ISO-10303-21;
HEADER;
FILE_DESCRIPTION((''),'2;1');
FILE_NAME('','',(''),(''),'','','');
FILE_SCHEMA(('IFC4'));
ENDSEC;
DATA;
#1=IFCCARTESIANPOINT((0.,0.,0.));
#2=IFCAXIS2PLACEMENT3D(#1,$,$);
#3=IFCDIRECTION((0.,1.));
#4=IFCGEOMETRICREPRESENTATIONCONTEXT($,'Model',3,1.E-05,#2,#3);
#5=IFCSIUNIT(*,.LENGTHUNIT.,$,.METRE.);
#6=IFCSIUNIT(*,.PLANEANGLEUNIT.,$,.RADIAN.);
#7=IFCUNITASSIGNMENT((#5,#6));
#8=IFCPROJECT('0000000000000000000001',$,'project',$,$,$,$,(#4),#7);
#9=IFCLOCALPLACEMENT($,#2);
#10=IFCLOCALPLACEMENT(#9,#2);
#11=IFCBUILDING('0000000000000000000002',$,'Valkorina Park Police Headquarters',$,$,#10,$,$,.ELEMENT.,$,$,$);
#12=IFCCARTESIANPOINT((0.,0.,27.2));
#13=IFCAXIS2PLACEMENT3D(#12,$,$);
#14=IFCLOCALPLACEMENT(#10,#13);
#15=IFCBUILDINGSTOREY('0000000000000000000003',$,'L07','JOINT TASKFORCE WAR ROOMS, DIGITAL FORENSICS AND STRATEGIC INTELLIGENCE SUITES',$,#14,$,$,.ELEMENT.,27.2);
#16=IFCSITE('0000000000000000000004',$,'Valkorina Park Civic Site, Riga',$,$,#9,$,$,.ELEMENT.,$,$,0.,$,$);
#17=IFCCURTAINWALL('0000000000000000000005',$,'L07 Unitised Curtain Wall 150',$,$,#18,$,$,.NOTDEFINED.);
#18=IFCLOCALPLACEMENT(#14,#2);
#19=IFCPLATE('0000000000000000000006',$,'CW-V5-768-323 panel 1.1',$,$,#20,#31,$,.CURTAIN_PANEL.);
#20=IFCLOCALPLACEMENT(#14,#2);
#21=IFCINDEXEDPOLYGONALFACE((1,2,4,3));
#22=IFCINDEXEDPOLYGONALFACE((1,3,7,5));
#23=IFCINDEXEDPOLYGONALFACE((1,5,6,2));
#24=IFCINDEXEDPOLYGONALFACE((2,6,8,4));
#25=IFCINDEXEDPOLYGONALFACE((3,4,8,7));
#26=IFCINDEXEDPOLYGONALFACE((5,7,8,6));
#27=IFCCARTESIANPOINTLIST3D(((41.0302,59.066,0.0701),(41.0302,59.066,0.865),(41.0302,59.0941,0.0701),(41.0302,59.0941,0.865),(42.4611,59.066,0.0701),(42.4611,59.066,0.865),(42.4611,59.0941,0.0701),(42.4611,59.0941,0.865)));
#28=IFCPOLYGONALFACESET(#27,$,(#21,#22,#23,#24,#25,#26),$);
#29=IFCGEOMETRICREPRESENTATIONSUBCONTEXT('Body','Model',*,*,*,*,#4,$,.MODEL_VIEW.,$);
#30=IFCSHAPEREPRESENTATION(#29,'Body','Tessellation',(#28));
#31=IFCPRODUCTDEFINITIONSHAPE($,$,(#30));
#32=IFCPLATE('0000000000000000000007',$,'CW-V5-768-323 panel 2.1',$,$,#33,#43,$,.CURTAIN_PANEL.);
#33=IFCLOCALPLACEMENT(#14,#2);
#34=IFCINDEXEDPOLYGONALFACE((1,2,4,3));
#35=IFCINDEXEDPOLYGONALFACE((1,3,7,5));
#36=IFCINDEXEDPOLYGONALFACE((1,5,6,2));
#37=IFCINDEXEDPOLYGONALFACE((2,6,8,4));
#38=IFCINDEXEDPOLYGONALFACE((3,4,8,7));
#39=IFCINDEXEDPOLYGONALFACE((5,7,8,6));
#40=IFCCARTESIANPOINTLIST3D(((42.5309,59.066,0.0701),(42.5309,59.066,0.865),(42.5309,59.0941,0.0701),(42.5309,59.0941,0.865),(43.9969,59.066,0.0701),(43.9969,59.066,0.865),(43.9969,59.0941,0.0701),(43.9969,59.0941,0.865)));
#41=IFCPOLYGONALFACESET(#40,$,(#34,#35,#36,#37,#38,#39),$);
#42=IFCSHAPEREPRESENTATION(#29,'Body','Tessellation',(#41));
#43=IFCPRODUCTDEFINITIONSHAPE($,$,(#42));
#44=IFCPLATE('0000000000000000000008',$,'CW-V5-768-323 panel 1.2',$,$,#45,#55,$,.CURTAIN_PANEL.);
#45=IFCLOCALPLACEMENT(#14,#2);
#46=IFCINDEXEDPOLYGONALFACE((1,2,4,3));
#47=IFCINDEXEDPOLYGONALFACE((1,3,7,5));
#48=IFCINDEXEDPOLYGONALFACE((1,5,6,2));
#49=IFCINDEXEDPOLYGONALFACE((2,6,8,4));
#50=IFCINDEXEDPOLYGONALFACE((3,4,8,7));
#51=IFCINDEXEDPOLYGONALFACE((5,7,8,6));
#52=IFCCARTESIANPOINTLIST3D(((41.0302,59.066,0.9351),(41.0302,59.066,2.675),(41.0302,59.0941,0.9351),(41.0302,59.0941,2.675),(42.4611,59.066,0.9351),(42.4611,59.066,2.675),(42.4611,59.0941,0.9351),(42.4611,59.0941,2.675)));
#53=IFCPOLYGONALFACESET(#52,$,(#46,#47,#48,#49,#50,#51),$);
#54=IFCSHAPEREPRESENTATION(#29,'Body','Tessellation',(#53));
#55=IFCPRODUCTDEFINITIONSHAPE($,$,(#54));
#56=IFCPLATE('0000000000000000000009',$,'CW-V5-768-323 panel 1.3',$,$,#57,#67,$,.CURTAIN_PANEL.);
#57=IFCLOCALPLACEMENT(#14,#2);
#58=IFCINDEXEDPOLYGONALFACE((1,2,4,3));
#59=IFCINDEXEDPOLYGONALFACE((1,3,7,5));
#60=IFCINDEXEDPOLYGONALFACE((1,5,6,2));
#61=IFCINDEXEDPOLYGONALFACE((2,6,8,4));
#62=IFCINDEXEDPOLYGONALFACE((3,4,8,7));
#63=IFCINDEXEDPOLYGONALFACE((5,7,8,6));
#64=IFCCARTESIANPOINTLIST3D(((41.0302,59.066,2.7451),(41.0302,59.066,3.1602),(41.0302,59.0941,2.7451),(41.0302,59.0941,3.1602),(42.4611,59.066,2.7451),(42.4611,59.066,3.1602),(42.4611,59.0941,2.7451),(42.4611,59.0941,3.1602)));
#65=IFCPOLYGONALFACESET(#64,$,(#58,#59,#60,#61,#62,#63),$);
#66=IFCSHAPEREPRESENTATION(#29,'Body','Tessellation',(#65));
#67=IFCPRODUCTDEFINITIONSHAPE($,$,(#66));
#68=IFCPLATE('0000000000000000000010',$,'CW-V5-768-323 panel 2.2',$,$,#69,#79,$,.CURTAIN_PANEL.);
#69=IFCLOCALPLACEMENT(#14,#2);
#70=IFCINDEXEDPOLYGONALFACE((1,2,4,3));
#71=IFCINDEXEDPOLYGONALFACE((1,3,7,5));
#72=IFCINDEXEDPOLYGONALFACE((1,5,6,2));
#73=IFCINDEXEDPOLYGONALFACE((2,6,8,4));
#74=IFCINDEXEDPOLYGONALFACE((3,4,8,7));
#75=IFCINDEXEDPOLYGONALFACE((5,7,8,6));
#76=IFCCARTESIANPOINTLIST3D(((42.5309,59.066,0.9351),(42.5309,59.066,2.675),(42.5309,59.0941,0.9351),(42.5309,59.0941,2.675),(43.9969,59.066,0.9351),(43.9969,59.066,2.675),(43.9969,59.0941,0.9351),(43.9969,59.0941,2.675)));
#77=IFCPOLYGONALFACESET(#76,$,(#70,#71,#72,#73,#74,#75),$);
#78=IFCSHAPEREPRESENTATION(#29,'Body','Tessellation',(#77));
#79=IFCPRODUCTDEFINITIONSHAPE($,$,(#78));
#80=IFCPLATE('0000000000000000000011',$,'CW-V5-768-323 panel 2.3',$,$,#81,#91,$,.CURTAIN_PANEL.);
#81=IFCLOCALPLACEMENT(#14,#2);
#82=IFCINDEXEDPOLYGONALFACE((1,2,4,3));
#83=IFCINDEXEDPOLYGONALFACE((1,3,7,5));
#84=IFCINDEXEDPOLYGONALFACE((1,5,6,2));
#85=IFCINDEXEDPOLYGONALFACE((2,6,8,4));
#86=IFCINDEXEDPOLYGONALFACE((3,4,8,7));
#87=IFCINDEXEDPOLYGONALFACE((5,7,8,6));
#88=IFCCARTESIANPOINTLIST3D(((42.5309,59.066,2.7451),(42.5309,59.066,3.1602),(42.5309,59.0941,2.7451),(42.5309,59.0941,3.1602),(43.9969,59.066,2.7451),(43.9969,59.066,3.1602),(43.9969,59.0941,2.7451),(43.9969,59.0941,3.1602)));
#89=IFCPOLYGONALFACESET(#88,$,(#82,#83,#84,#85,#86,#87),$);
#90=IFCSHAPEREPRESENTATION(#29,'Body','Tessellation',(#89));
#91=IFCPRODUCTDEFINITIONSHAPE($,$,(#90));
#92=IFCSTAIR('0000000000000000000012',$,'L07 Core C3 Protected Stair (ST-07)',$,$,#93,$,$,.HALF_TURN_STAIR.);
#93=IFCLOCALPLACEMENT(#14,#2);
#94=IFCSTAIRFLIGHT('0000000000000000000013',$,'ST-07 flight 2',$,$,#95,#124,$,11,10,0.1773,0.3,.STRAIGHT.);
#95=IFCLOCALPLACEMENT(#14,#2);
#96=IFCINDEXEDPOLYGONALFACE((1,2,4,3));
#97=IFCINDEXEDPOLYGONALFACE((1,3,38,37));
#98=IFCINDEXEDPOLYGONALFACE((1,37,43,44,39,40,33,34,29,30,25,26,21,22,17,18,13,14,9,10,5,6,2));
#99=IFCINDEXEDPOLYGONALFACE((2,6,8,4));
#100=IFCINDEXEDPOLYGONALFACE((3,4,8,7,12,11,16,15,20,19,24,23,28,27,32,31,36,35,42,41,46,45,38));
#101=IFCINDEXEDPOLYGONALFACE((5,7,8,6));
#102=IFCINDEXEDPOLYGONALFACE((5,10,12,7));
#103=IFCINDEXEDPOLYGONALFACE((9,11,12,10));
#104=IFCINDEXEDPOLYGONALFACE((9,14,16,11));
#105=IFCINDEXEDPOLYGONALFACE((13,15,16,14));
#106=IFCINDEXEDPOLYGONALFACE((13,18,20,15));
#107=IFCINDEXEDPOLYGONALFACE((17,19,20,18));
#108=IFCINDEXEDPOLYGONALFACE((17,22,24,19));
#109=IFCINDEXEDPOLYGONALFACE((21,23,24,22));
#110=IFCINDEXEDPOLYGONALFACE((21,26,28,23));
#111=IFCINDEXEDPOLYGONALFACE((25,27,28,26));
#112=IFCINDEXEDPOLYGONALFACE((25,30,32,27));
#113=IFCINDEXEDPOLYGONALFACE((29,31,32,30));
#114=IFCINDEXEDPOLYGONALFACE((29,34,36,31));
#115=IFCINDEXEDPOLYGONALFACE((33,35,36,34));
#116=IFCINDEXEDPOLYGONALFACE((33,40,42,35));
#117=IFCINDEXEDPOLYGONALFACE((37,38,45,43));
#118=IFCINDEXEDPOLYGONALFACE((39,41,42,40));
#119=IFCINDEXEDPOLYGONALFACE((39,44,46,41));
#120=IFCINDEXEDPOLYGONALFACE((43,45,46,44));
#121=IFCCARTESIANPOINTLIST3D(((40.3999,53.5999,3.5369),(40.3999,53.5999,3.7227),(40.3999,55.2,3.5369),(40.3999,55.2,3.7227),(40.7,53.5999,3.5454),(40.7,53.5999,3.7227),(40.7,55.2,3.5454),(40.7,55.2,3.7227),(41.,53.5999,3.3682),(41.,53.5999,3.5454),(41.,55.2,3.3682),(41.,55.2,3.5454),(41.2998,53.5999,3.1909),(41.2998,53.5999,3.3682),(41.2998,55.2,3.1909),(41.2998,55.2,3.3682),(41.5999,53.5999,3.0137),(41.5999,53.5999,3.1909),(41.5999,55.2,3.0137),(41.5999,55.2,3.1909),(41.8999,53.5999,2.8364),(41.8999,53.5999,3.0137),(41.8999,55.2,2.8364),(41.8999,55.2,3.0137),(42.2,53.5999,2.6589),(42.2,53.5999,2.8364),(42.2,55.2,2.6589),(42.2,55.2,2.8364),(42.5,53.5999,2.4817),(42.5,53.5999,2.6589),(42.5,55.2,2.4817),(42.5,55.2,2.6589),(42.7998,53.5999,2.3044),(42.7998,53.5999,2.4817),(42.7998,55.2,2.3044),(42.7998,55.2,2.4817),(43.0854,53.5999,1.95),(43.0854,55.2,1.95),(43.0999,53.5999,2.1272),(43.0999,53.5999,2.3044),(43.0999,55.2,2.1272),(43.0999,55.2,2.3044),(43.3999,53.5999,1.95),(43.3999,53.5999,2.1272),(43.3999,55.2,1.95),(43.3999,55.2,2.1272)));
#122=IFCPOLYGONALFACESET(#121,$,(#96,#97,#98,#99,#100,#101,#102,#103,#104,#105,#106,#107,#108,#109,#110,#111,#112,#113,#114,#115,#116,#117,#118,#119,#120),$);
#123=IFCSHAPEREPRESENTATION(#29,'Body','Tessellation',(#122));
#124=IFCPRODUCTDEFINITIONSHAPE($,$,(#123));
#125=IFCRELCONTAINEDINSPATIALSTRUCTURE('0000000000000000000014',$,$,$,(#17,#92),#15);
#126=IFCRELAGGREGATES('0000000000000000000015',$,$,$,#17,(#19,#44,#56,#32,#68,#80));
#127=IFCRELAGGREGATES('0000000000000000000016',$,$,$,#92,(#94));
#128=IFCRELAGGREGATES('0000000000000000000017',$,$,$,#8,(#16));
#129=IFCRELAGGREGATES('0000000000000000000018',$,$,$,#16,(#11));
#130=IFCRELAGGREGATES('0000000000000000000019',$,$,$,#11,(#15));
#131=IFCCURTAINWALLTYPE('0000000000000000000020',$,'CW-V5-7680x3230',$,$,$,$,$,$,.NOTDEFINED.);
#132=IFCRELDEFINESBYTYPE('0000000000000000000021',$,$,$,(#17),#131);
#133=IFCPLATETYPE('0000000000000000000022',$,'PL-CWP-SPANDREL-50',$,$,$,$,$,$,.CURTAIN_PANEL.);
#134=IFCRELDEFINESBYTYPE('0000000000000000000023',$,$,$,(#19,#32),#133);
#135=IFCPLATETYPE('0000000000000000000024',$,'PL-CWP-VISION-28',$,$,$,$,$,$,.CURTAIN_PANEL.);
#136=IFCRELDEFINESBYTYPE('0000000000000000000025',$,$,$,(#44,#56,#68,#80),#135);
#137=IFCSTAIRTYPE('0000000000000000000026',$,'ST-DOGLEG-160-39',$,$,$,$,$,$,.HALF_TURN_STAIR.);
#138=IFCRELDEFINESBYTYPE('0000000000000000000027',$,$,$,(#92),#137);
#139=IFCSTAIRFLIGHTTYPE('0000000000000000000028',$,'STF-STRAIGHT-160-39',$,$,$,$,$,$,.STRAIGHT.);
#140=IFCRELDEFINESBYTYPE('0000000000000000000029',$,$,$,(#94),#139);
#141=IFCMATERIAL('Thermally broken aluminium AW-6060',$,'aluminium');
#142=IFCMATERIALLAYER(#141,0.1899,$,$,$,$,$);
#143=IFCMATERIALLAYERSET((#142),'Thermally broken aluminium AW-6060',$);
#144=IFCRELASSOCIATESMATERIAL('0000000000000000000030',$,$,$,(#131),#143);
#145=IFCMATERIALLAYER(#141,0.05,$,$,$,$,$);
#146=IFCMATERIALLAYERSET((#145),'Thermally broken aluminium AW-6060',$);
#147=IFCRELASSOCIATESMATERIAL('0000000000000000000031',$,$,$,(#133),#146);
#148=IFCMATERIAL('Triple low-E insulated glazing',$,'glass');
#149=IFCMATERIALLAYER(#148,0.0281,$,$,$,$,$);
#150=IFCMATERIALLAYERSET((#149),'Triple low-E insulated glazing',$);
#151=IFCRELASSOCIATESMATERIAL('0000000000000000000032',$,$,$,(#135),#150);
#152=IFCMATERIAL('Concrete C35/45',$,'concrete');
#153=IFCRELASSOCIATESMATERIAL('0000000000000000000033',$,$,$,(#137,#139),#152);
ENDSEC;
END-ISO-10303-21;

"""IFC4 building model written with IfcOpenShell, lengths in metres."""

from ifc_helpers import new_model, si_unit, direction, frame, origin, origin_2d, place, context, subcontext, project, spatial, polyline, rectangle, outline, extrude, material, layer, layer_set, type_object, element, aggregate, save


model = new_model("IFC4")

# Units and contexts
model_context = context("Model", 3, precision=1e-05, world=origin(), true_north=direction((0.0, 1.0)))
body_context = subcontext(model_context, "Body", "Model", "MODEL_VIEW")
ifc_project = project(units=[si_unit("LENGTHUNIT", "METRE"), si_unit("PLANEANGLEUNIT", "RADIAN")], contexts=[model_context])

# Site, building, storey
site_placement = place(None, origin())
site = spatial("IfcSite", under=ifc_project, at=site_placement, Name="Valkorina Park Civic Site, Riga", CompositionType="ELEMENT", RefElevation=0.0)
building_placement = place(site_placement, origin())
building = spatial("IfcBuilding", under=site, at=building_placement, Name="Valkorina Park Police Headquarters", CompositionType="ELEMENT")
storey_placement = place(building_placement, frame((0.0, 0.0, 27.2)))
storey = spatial("IfcBuildingStorey", under=building, at=storey_placement, Name="L07", Description="JOINT TASKFORCE WAR ROOMS, DIGITAL FORENSICS AND STRATEGIC INTELLIGENCE SUITES", CompositionType="ELEMENT", Elevation=27.2)

# Curtain wall, plates
ifc_material_1 = material(Name="Thermally broken aluminium AW-6060", Category="aluminium")
ifc_layer_1 = layer(ifc_material_1, 0.1899)
ifc_layer_set_1 = layer_set([ifc_layer_1], Name="Thermally broken aluminium AW-6060")
curtain_wall_type = type_object("IfcCurtainWallType", Name="CW-V5-7680x3230", PredefinedType="NOTDEFINED", material=ifc_layer_set_1)
curtain_wall_placement = place(storey_placement, origin())
curtain_wall = element("IfcCurtainWall", 1, at=curtain_wall_placement, inside=storey, type_object=curtain_wall_type, Name="L07 Unitised Curtain Wall 150", PredefinedType="NOTDEFINED")
ifc_layer_2 = layer(ifc_material_1, 0.05)
ifc_layer_set_2 = layer_set([ifc_layer_2], Name="Thermally broken aluminium AW-6060")
plate_type_1 = type_object("IfcPlateType", Name="PL-CWP-SPANDREL-50", PredefinedType="CURTAIN_PANEL", material=ifc_layer_set_2)
plate_1_placement = place(storey_placement, frame((41.7456, 59.0801, 0.0701), z_axis=(0.0, 0.0, 1.0), x_axis=(1.0, 0.0, 0.0)))
plate_1 = element("IfcPlate", 2, at=plate_1_placement, type_object=plate_type_1, Name="CW-V5-768-323 panel 1.1", PredefinedType="CURTAIN_PANEL", context=body_context, shape_type="SweptSolid", body=[
    extrude(rectangle(XDim=1.4309, YDim=0.0281, at=origin_2d()), origin(), (0.0, 0.0, 1.0), 0.7949),
])
plate_2_placement = place(storey_placement, frame((43.2639, 59.0801, 0.0701), z_axis=(0.0, 0.0, 1.0), x_axis=(1.0, 0.0, 0.0)))
plate_2 = element("IfcPlate", 3, at=plate_2_placement, type_object=plate_type_1, Name="CW-V5-768-323 panel 2.1", PredefinedType="CURTAIN_PANEL", context=body_context, shape_type="SweptSolid", body=[
    extrude(rectangle(XDim=1.4661, YDim=0.0281, at=origin_2d()), origin(), (0.0, 0.0, 1.0), 0.7949),
])
ifc_material_2 = material(Name="Triple low-E insulated glazing", Category="glass")
ifc_layer_3 = layer(ifc_material_2, 0.0281)
ifc_layer_set_3 = layer_set([ifc_layer_3], Name="Triple low-E insulated glazing")
plate_type_2 = type_object("IfcPlateType", Name="PL-CWP-VISION-28", PredefinedType="CURTAIN_PANEL", material=ifc_layer_set_3)
plate_3_placement = place(storey_placement, frame((41.7456, 59.0801, 0.9351), z_axis=(0.0, 0.0, 1.0), x_axis=(1.0, 0.0, 0.0)))
plate_3 = element("IfcPlate", 4, at=plate_3_placement, type_object=plate_type_2, Name="CW-V5-768-323 panel 1.2", PredefinedType="CURTAIN_PANEL", context=body_context, shape_type="SweptSolid", body=[
    extrude(rectangle(XDim=1.4309, YDim=0.0281, at=origin_2d()), origin(), (0.0, 0.0, 1.0), 1.74),
])
plate_4_placement = place(storey_placement, frame((41.7456, 59.0801, 2.7451), z_axis=(0.0, 0.0, 1.0), x_axis=(1.0, 0.0, 0.0)))
plate_4 = element("IfcPlate", 5, at=plate_4_placement, type_object=plate_type_2, Name="CW-V5-768-323 panel 1.3", PredefinedType="CURTAIN_PANEL", context=body_context, shape_type="SweptSolid", body=[
    extrude(rectangle(XDim=1.4309, YDim=0.0281, at=origin_2d()), origin(), (0.0, 0.0, 1.0), 0.415),
])
plate_5_placement = place(storey_placement, frame((43.2639, 59.0801, 0.9351), z_axis=(0.0, 0.0, 1.0), x_axis=(1.0, 0.0, 0.0)))
plate_5 = element("IfcPlate", 6, at=plate_5_placement, type_object=plate_type_2, Name="CW-V5-768-323 panel 2.2", PredefinedType="CURTAIN_PANEL", context=body_context, shape_type="SweptSolid", body=[
    extrude(rectangle(XDim=1.4661, YDim=0.0281, at=origin_2d()), origin(), (0.0, 0.0, 1.0), 1.74),
])
plate_6_placement = place(storey_placement, frame((43.2639, 59.0801, 2.7451), z_axis=(0.0, 0.0, 1.0), x_axis=(1.0, 0.0, 0.0)))
plate_6 = element("IfcPlate", 7, at=plate_6_placement, type_object=plate_type_2, Name="CW-V5-768-323 panel 2.3", PredefinedType="CURTAIN_PANEL", context=body_context, shape_type="SweptSolid", body=[
    extrude(rectangle(XDim=1.4661, YDim=0.0281, at=origin_2d()), origin(), (0.0, 0.0, 1.0), 0.415),
])
aggregate(curtain_wall, [plate_1, plate_3, plate_4, plate_2, plate_5, plate_6])

# Stair, stair flight
ifc_material_3 = material(Name="Concrete C35/45", Category="concrete")
stair_type = type_object("IfcStairType", Name="ST-DOGLEG-160-39", PredefinedType="HALF_TURN_STAIR", material=ifc_material_3)
stair_placement = place(storey_placement, origin())
stair = element("IfcStair", 8, at=stair_placement, inside=storey, type_object=stair_type, Name="L07 Core C3 Protected Stair (ST-07)", PredefinedType="HALF_TURN_STAIR")
stair_flight_type = type_object("IfcStairFlightType", Name="STF-STRAIGHT-160-39", PredefinedType="STRAIGHT", material=ifc_material_3)
stair_flight_placement = place(storey_placement, frame((43.3999, 54.3999, 1.95), z_axis=(0.0, 0.0, 1.0), x_axis=(-1.0, 0.0, 0.0)))
stair_flight = element("IfcStairFlight", 9, at=stair_flight_placement, type_object=stair_flight_type, Name="ST-07 flight 2", NumberOfRisers=11, NumberOfTreads=10, PredefinedType="STRAIGHT", RiserHeight=0.1773, TreadLength=0.3, context=body_context, shape_type="SweptSolid", body=[
    extrude(outline(polyline([(0.0, 0.0), (0.0, 0.1772), (0.3, 0.1772), (0.3, 0.3545), (0.6001, 0.3545), (0.6001, 0.5317), (0.8999, 0.5317), (0.8999, 0.709), (1.2, 0.709), (1.2, 0.8865), (1.5, 0.8865), (1.5, 1.0637), (1.8, 1.0637), (1.8, 1.241), (2.1001, 1.241), (2.1001, 1.4182), (2.3999, 1.4182), (2.3999, 1.5955), (2.7, 1.5955), (2.7, 1.7727), (3.0, 1.7727), (3.0, 1.95), (3.0, 1.5869), (0.3145, 0.0), (0.0, 0.0)])), frame((0.0, 0.8, 0.0), z_axis=(0.0, -1.0, 0.0), x_axis=(1.0, 0.0, 0.0)), (0.0, 0.0, 1.0), 1.6001),
])
aggregate(stair, [stair_flight])

save(model, "model.ifc")
